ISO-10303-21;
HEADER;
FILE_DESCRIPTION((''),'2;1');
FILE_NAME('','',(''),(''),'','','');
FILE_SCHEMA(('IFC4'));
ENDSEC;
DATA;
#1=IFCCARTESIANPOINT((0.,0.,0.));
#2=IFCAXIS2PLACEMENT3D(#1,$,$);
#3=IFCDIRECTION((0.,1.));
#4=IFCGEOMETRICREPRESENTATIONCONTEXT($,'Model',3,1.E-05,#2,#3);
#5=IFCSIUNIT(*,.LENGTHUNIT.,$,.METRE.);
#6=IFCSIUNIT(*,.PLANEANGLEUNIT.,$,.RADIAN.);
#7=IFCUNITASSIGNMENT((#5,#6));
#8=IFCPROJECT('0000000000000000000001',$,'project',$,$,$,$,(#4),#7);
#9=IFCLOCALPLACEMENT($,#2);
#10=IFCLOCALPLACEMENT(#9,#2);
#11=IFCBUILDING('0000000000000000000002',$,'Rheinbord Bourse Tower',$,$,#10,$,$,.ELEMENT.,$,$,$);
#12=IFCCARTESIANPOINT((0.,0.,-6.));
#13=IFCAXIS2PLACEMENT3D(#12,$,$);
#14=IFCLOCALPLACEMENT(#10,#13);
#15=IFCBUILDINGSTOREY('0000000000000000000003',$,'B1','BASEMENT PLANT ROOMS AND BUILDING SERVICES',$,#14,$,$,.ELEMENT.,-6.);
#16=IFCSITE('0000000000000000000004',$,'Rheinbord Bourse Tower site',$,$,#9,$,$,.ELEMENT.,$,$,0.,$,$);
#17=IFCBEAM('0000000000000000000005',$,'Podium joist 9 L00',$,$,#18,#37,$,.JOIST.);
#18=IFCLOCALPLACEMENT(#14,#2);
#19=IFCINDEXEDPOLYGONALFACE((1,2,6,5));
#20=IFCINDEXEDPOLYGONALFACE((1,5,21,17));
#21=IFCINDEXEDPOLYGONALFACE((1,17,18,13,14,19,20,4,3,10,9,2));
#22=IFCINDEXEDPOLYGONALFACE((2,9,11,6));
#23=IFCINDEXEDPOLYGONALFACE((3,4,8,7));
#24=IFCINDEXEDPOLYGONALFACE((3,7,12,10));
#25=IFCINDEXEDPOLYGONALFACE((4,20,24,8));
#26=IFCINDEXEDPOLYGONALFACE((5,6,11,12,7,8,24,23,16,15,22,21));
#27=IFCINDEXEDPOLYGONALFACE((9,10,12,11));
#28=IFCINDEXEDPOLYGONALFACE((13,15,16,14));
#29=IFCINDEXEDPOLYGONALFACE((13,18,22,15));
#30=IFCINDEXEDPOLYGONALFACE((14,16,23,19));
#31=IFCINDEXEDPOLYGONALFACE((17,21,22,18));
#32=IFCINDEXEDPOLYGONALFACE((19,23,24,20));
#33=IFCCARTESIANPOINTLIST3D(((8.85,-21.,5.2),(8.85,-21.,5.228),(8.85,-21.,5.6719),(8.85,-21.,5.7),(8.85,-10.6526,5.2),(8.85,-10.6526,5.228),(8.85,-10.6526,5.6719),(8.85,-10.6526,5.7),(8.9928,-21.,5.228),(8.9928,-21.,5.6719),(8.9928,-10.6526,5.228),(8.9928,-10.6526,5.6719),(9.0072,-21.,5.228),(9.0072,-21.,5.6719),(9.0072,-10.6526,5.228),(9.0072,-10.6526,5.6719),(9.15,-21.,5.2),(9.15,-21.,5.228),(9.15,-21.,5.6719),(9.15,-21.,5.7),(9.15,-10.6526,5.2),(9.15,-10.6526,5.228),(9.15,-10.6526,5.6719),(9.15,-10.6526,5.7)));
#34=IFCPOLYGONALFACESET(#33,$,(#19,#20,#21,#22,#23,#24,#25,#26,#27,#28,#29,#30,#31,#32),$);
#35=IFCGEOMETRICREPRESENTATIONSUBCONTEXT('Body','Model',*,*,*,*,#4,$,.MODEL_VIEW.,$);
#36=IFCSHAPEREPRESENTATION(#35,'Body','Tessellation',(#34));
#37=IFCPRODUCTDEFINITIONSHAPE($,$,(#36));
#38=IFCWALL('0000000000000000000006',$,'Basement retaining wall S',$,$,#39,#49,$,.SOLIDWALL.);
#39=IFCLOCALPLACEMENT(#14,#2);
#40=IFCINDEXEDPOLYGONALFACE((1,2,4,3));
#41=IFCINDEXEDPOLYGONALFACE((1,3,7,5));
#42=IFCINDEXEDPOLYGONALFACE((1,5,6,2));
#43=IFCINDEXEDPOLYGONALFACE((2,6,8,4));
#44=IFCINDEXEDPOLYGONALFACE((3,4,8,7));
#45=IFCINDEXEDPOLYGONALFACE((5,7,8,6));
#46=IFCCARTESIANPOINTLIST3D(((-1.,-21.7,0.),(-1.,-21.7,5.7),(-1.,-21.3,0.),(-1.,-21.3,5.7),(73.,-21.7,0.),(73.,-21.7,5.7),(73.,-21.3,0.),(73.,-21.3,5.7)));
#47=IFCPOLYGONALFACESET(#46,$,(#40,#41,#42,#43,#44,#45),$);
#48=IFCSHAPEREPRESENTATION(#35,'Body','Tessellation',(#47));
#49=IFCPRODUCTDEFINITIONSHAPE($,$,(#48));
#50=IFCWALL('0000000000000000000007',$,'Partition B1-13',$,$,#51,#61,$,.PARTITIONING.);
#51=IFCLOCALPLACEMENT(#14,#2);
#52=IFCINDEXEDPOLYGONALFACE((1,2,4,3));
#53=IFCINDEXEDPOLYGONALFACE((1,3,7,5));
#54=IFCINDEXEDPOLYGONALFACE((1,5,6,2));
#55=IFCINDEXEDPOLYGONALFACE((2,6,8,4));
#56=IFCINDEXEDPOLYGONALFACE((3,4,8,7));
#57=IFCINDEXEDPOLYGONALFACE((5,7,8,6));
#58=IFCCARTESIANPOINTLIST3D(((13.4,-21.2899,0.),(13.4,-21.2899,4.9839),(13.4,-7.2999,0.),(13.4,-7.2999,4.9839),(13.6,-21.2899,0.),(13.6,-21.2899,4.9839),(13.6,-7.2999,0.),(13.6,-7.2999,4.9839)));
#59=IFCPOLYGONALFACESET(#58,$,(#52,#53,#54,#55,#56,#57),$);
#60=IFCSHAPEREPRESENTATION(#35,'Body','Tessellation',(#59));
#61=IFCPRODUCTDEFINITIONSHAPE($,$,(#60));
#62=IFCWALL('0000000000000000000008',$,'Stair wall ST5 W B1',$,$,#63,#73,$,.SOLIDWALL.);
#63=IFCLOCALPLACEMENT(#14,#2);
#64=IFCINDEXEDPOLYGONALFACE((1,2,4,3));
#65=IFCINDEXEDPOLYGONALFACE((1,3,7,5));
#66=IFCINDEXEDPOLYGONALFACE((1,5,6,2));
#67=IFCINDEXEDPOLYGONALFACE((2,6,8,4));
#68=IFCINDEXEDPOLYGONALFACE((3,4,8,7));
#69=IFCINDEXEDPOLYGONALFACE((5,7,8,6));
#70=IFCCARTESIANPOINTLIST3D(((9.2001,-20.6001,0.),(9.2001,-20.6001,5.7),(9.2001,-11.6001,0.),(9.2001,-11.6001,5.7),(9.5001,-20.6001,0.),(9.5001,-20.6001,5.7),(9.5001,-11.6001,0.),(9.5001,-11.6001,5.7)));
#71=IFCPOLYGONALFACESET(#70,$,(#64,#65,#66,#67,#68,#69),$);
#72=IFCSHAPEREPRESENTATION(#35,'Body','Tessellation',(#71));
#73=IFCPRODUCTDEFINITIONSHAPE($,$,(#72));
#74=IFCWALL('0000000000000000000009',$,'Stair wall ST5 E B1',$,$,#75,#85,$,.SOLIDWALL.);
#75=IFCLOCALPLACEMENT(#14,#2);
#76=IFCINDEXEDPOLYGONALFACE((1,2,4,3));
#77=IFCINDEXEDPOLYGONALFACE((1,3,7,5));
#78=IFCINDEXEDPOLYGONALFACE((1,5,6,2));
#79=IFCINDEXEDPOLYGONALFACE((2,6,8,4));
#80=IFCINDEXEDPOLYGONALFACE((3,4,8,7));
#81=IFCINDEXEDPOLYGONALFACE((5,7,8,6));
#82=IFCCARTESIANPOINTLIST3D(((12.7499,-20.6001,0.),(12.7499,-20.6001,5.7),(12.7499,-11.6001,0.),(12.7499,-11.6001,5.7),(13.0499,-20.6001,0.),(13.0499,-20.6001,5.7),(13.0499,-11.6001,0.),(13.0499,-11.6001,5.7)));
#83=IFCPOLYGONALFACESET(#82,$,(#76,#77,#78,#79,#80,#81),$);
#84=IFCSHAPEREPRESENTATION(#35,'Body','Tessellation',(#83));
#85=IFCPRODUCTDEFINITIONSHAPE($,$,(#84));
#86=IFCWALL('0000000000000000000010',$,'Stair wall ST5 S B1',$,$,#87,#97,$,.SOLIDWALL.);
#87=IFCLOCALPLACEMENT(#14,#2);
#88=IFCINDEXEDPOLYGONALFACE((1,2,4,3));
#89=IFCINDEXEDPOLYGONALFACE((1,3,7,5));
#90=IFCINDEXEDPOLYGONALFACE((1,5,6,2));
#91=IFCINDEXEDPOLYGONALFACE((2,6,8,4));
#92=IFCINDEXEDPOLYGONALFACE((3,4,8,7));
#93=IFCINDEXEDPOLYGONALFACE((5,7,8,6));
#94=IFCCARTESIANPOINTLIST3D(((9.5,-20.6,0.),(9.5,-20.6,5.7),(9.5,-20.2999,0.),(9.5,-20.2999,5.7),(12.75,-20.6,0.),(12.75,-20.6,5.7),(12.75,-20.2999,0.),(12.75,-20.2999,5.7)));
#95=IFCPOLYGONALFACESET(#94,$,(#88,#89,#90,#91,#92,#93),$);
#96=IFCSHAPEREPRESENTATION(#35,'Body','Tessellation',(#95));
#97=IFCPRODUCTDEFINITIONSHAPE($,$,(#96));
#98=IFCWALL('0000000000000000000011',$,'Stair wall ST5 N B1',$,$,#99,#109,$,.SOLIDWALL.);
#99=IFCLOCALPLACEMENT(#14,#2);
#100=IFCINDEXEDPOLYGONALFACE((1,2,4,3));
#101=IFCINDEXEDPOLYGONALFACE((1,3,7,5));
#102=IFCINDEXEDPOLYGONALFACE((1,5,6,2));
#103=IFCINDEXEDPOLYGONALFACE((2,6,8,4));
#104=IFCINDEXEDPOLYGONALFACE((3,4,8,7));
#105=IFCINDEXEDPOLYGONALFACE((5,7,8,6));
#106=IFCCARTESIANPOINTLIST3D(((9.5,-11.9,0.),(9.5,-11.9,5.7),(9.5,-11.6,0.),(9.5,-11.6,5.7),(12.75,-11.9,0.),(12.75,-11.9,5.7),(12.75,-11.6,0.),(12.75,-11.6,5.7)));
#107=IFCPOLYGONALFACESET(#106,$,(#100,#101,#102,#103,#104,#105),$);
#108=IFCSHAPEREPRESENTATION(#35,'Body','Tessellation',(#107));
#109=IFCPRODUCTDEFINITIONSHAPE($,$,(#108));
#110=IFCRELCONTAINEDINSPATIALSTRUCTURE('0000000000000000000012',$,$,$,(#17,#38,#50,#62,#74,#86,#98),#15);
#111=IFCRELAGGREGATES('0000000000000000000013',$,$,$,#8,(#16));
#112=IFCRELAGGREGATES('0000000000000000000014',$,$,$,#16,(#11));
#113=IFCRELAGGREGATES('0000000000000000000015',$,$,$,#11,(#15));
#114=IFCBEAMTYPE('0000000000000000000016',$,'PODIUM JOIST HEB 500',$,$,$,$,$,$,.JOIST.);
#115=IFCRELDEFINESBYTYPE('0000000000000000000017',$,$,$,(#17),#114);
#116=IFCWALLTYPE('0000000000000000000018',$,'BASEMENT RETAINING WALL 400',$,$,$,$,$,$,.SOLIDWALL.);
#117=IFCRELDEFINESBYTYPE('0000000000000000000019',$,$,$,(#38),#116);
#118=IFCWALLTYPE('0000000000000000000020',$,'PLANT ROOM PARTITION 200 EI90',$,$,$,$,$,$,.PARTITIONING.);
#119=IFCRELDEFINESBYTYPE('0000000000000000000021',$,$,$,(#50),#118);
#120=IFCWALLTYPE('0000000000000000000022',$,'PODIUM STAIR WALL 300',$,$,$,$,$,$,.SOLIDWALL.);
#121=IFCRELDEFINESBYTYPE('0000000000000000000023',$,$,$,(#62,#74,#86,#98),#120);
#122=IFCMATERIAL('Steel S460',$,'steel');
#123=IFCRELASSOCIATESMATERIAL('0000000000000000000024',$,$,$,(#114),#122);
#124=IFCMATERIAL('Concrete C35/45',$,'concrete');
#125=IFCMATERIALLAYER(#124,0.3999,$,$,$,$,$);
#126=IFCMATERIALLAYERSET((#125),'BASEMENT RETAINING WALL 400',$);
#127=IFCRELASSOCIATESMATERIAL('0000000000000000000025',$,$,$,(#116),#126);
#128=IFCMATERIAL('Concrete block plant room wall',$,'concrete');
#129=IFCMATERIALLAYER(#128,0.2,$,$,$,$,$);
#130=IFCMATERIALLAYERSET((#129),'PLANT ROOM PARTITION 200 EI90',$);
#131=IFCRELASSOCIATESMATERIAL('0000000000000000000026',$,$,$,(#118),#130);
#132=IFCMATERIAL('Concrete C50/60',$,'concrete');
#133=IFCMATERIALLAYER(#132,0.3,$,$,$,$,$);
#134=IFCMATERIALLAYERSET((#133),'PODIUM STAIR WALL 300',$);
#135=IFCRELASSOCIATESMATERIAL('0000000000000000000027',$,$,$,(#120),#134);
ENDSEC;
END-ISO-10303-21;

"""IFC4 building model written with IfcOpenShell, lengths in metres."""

from ifc_helpers import new_model, si_unit, direction, frame, frame_2d, origin, origin_2d, place, context, subcontext, project, spatial, rectangle, i_section, extrude, material, layer, layer_set, material_profile, profile_set, type_object, element, save


model = new_model("IFC4")

# Units and contexts
model_context = context("Model", 3, precision=1e-05, world=origin(), true_north=direction((0.0, 1.0)))
body_context = subcontext(model_context, "Body", "Model", "MODEL_VIEW")
ifc_project = project(units=[si_unit("LENGTHUNIT", "METRE"), si_unit("PLANEANGLEUNIT", "RADIAN")], contexts=[model_context])

# Site, building, storey
site_placement = place(None, origin())
site = spatial("IfcSite", under=ifc_project, at=site_placement, Name="Rheinbord Bourse Tower site", CompositionType="ELEMENT", RefElevation=0.0)
building_placement = place(site_placement, origin())
building = spatial("IfcBuilding", under=site, at=building_placement, Name="Rheinbord Bourse Tower", CompositionType="ELEMENT")
storey_placement = place(building_placement, frame((0.0, 0.0, -6.0)))
storey = spatial("IfcBuildingStorey", under=building, at=storey_placement, Name="B1", Description="BASEMENT PLANT ROOMS AND BUILDING SERVICES", CompositionType="ELEMENT", Elevation=-6.0)

# Beam
ifc_material_1 = material(Name="Steel S460", Category="steel")
ifc_material_profile_1 = material_profile(ifc_material_1, i_section(OverallWidth=0.3, OverallDepth=0.5, WebThickness=0.0144, FlangeThickness=0.0281, at=origin_2d()), Name="HEB 500")
ifc_profile_set_1 = profile_set([ifc_material_profile_1], Name="Steel S460")
beam_type_1 = type_object("IfcBeamType", Name="PODIUM JOIST HEB 500", PredefinedType="JOIST", material=ifc_profile_set_1)
beam_1_placement = place(storey_placement, frame((9.0, -21.0, 5.45), z_axis=(0.0, 1.0, 0.0), x_axis=(-1.0, 0.0, 0.0)))
element("IfcBeam", 1, at=beam_1_placement, inside=storey, type_object=beam_type_1, Name="Podium joist 9 L00", PredefinedType="JOIST", context=body_context, shape_type="SweptSolid", body=[
    extrude(i_section(OverallWidth=0.3, OverallDepth=0.5, WebThickness=0.0144, FlangeThickness=0.0281, at=origin_2d()), origin(), (0.0, 0.0, 1.0), 10.3474),
])

# Walls
ifc_material_2 = material(Name="Concrete C35/45", Category="concrete")
ifc_layer_1 = layer(ifc_material_2, 0.3999)
ifc_layer_set_1 = layer_set([ifc_layer_1], Name="BASEMENT RETAINING WALL 400")
wall_type_1 = type_object("IfcWallType", Name="BASEMENT RETAINING WALL 400", PredefinedType="SOLIDWALL", material=ifc_layer_set_1)
wall_1_placement = place(storey_placement, frame((-1.0, -21.5, 0.0), z_axis=(0.0, 0.0, 1.0), x_axis=(1.0, 0.0, 0.0)))
element("IfcWall", 2, at=wall_1_placement, inside=storey, type_object=wall_type_1, Name="Basement retaining wall S", PredefinedType="SOLIDWALL", context=body_context, shape_type="SweptSolid", body=[
    extrude(rectangle(XDim=74.0, YDim=0.3999, at=frame_2d((37.0, 0.0))), origin(), (0.0, 0.0, 1.0), 5.7),
])
ifc_material_3 = material(Name="Concrete block plant room wall", Category="concrete")
ifc_layer_2 = layer(ifc_material_3, 0.2)
ifc_layer_set_2 = layer_set([ifc_layer_2], Name="PLANT ROOM PARTITION 200 EI90")
wall_type_2 = type_object("IfcWallType", Name="PLANT ROOM PARTITION 200 EI90", PredefinedType="PARTITIONING", material=ifc_layer_set_2)
wall_2_placement = place(storey_placement, frame((13.5, -21.29, 0.0), z_axis=(0.0, 0.0, 1.0), x_axis=(0.0, 1.0, 0.0)))
element("IfcWall", 3, at=wall_2_placement, inside=storey, type_object=wall_type_2, Name="Partition B1-13", PredefinedType="PARTITIONING", context=body_context, shape_type="SweptSolid", body=[
    extrude(rectangle(XDim=13.99, YDim=0.2, at=frame_2d((6.9951, 0.0))), origin(), (0.0, 0.0, 1.0), 4.9839),
])
ifc_material_4 = material(Name="Concrete C50/60", Category="concrete")
ifc_layer_3 = layer(ifc_material_4, 0.3)
ifc_layer_set_3 = layer_set([ifc_layer_3], Name="PODIUM STAIR WALL 300")
wall_type_3 = type_object("IfcWallType", Name="PODIUM STAIR WALL 300", PredefinedType="SOLIDWALL", material=ifc_layer_set_3)
for number, where, z_axis, x_axis, name in (
    (4, (9.3501, -20.6001, 0.0), (0.0, 0.0, 1.0), (0.0, 1.0, 0.0), "Stair wall ST5 W B1"),
    (5, (12.8999, -20.6001, 0.0), (0.0, 0.0, 1.0), (0.0, 1.0, 0.0), "Stair wall ST5 E B1"),
):
    element("IfcWall", number, at=place(storey_placement, frame(where, z_axis=z_axis, x_axis=x_axis)), inside=storey, type_object=wall_type_3, Name=name, PredefinedType="SOLIDWALL", context=body_context, shape_type="SweptSolid", body=[
        extrude(rectangle(XDim=9.0, YDim=0.3, at=frame_2d((4.5, 0.0))), origin(), (0.0, 0.0, 1.0), 5.7),
    ])
for number, where, z_axis, x_axis, name in (
    (6, (9.5, -20.45, 0.0), (0.0, 0.0, 1.0), (1.0, 0.0, 0.0), "Stair wall ST5 S B1"),
    (7, (9.5, -11.75, 0.0), (0.0, 0.0, 1.0), (1.0, 0.0, 0.0), "Stair wall ST5 N B1"),
):
    element("IfcWall", number, at=place(storey_placement, frame(where, z_axis=z_axis, x_axis=x_axis)), inside=storey, type_object=wall_type_3, Name=name, PredefinedType="SOLIDWALL", context=body_context, shape_type="SweptSolid", body=[
        extrude(rectangle(XDim=3.25, YDim=0.3, at=frame_2d((1.625, 0.0))), origin(), (0.0, 0.0, 1.0), 5.7),
    ])

save(model, "model.ifc")
